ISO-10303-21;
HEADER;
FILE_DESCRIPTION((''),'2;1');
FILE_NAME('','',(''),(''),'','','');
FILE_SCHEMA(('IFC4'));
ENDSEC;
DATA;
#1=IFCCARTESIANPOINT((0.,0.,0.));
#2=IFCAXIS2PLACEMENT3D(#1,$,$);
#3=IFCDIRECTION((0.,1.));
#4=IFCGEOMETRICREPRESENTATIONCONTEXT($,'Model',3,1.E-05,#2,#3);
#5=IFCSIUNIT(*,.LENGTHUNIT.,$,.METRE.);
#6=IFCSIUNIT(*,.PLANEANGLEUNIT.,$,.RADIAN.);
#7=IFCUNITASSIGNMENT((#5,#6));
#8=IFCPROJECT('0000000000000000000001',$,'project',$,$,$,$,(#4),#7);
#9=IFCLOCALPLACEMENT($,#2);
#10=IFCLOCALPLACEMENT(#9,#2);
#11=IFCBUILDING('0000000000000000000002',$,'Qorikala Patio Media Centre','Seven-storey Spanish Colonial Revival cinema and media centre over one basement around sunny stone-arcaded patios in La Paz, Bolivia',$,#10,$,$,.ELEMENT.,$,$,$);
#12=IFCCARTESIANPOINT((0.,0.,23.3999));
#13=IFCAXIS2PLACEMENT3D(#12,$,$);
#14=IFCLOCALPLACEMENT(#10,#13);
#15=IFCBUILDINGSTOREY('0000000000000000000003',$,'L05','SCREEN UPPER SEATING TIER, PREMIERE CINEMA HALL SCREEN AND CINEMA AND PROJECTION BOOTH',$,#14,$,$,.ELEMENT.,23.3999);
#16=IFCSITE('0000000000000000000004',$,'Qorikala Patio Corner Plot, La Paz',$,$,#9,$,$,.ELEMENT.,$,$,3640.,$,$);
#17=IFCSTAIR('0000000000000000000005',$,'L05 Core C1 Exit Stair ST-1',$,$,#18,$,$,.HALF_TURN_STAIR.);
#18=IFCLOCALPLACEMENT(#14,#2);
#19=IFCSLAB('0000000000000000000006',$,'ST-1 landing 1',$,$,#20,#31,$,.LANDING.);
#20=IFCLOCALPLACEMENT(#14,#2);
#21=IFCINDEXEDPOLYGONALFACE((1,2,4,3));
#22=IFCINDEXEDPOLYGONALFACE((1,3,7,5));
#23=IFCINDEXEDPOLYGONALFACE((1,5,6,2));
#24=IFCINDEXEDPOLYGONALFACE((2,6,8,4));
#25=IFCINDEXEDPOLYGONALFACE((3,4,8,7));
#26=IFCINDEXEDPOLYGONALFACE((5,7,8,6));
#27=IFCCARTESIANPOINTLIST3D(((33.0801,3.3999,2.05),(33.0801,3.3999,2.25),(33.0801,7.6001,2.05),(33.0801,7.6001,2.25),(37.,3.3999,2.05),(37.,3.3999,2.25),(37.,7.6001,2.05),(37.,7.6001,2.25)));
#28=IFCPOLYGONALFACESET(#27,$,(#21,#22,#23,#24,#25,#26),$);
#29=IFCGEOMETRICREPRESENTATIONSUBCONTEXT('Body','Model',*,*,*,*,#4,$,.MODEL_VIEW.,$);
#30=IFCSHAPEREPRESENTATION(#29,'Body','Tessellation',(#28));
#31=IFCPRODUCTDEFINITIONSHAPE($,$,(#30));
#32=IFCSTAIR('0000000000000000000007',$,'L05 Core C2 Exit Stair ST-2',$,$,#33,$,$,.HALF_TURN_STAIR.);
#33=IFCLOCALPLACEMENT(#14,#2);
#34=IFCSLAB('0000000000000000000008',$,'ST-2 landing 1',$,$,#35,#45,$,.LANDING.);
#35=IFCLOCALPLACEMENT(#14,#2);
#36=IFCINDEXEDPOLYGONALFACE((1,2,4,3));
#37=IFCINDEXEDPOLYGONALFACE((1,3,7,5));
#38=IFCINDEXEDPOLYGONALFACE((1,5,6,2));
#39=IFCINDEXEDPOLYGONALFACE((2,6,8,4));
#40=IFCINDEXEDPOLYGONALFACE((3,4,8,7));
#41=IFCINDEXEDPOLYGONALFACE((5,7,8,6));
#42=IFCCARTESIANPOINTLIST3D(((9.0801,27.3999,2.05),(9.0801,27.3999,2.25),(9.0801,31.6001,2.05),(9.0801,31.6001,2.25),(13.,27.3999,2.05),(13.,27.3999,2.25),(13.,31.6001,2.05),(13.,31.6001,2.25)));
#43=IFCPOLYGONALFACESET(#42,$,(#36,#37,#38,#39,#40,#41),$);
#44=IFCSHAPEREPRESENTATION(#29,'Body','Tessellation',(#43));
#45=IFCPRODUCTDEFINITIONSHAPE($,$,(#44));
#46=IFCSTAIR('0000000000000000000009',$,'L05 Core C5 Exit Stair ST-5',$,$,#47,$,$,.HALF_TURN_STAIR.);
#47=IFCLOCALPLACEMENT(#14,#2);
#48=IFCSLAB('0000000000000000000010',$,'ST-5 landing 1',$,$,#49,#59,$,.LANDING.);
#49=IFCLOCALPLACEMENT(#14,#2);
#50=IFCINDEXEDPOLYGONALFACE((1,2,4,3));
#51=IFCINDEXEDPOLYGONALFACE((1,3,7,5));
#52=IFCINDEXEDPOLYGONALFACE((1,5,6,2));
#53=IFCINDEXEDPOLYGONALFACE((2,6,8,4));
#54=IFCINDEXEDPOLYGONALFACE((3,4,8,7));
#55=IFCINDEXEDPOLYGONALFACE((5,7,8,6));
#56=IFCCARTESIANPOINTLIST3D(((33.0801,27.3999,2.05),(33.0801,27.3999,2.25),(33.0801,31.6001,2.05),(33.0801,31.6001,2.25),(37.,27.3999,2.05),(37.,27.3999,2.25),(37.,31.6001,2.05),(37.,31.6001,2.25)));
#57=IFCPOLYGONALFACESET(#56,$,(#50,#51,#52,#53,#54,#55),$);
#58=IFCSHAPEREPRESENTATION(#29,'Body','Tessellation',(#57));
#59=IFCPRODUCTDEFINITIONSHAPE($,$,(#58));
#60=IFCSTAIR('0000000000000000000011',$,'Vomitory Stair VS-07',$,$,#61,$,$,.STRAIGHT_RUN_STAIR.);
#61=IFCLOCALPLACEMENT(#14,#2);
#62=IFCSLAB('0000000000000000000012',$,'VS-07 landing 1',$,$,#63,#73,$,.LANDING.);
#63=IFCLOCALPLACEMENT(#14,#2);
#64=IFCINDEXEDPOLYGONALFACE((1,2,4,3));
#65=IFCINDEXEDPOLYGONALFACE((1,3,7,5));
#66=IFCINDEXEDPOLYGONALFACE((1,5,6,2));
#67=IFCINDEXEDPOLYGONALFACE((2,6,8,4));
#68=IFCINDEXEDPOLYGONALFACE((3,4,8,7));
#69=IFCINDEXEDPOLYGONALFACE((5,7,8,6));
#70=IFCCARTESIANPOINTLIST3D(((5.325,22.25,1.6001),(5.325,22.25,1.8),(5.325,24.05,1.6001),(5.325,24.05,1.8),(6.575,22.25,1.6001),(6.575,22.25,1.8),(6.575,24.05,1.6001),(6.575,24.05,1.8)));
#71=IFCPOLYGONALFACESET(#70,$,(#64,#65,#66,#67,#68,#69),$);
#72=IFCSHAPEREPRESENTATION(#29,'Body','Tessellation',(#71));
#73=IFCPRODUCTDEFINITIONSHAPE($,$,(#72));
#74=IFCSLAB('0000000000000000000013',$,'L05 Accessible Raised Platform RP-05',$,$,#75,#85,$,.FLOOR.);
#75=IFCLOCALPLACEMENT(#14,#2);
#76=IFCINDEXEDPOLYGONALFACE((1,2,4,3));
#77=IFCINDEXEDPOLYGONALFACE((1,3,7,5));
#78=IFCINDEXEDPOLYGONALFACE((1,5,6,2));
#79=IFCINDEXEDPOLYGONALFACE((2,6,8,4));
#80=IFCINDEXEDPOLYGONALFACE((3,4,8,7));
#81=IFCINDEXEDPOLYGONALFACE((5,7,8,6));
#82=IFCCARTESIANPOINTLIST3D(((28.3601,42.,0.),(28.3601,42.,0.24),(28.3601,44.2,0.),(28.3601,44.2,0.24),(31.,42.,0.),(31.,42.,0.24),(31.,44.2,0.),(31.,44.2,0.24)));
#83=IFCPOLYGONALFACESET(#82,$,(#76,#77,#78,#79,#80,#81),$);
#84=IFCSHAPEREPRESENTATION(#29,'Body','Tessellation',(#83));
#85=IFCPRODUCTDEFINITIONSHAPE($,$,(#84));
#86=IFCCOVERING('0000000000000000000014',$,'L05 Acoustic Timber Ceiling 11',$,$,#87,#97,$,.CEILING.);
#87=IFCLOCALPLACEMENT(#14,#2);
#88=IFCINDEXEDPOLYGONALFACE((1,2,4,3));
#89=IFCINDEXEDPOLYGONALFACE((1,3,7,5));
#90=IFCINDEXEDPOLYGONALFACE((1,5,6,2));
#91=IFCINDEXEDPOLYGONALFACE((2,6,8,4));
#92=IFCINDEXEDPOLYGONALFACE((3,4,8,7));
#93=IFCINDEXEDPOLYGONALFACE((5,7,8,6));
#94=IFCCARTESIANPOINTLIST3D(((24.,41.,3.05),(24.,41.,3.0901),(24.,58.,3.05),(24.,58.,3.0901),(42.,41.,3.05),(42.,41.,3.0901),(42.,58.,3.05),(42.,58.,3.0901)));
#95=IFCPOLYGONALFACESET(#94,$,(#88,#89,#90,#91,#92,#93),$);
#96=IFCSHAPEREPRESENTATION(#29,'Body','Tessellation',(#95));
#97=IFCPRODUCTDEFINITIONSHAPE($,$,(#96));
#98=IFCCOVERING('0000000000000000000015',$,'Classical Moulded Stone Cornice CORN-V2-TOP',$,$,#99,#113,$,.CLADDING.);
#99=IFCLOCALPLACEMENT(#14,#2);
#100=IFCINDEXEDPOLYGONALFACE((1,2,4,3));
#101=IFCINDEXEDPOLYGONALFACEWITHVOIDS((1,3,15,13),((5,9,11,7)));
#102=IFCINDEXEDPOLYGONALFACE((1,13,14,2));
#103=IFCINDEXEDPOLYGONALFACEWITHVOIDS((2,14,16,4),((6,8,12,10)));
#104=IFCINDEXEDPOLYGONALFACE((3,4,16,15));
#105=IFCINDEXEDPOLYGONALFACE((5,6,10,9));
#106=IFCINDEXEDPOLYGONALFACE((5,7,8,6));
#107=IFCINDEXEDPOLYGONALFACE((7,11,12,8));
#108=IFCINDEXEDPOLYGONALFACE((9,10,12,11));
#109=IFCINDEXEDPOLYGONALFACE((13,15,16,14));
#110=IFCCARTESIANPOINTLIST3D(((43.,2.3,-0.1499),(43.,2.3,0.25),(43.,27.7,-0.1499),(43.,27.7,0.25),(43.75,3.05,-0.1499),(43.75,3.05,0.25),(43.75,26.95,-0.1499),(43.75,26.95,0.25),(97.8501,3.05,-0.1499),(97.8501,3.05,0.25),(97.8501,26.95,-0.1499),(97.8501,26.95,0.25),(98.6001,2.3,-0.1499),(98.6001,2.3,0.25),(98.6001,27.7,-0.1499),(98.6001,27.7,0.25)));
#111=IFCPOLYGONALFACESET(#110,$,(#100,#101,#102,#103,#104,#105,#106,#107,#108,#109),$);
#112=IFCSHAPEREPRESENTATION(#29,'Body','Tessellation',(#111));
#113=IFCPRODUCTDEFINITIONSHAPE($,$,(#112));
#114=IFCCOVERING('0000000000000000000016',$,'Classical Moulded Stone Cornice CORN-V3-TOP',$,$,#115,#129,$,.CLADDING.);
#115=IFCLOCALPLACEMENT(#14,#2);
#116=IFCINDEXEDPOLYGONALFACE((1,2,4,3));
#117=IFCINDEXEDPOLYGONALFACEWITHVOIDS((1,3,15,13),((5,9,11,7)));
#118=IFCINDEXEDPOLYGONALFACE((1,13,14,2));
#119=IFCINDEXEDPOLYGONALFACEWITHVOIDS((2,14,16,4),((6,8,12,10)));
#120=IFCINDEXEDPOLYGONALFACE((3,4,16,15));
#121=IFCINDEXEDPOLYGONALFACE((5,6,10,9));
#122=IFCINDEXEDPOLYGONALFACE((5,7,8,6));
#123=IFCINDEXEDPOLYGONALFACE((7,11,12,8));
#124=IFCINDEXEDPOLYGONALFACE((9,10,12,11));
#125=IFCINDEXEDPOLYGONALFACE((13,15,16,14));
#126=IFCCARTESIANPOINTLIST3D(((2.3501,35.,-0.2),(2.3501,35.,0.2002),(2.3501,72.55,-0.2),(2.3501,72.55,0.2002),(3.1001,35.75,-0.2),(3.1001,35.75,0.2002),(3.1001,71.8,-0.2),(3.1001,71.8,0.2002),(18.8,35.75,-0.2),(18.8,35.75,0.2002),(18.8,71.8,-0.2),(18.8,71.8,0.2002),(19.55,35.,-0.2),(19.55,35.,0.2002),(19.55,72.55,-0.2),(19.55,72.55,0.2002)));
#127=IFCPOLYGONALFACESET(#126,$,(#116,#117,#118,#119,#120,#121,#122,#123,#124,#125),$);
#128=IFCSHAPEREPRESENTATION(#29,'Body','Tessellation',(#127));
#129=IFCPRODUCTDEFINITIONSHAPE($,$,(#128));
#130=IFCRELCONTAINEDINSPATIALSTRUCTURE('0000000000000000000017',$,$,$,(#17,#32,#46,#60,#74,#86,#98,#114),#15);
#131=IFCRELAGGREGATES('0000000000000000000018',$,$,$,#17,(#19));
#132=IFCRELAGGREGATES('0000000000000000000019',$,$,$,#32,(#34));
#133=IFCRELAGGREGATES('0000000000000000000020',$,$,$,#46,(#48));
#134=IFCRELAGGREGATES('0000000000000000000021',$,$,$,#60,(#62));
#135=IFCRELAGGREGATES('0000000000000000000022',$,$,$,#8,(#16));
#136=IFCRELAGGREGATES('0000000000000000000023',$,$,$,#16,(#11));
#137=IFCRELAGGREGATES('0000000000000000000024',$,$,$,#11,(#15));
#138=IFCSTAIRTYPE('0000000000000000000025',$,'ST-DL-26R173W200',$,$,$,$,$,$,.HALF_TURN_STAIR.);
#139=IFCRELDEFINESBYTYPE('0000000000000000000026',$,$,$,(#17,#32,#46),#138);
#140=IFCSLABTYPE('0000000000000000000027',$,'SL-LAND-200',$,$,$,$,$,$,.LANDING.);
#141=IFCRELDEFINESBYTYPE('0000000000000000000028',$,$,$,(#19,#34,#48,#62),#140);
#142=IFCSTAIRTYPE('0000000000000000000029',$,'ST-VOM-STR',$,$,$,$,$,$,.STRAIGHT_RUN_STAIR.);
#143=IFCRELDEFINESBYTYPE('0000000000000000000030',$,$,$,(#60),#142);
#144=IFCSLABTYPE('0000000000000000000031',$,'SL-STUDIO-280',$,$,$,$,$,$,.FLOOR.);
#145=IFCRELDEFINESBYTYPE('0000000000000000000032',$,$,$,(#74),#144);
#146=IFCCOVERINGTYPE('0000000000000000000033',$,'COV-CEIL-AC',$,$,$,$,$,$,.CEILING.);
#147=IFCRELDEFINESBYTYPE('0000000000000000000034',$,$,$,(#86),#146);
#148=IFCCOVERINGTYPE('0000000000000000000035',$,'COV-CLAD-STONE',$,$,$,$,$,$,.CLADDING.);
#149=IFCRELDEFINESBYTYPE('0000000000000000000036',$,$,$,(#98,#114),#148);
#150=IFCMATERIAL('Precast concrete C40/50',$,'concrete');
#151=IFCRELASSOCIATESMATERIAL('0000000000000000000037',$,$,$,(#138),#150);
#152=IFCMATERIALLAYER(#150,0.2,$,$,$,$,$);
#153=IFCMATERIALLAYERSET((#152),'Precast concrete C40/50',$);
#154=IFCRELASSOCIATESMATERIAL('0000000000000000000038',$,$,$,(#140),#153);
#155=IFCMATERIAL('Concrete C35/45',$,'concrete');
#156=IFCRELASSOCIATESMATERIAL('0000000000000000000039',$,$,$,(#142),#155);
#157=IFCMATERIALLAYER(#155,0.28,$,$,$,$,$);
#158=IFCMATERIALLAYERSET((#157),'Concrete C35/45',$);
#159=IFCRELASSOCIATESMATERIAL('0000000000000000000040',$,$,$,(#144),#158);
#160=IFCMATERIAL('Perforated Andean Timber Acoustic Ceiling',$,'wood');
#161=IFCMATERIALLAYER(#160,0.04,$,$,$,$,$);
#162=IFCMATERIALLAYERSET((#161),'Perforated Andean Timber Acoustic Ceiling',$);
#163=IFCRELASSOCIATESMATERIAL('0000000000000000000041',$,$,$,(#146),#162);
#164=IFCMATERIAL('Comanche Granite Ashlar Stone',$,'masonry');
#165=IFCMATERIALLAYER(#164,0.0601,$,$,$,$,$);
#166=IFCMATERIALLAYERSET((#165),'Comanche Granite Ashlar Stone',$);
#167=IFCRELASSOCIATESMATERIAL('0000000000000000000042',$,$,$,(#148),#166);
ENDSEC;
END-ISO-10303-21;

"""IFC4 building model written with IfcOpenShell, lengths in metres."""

from ifc_helpers import new_model, si_unit, direction, frame, origin, place, context, subcontext, project, spatial, polyline, outline, extrude, material, layer, layer_set, type_object, element, aggregate, save


model = new_model("IFC4")

# Units and contexts
model_context = context("Model", 3, precision=1e-05, world=origin(), true_north=direction((0.0, 1.0)))
body_context = subcontext(model_context, "Body", "Model", "MODEL_VIEW")
ifc_project = project(units=[si_unit("LENGTHUNIT", "METRE"), si_unit("PLANEANGLEUNIT", "RADIAN")], contexts=[model_context])

# Site, building, storey
site_placement = place(None, origin())
site = spatial("IfcSite", under=ifc_project, at=site_placement, Name="Qorikala Patio Corner Plot, La Paz", CompositionType="ELEMENT", RefElevation=3640.0)
building_placement = place(site_placement, origin())
building = spatial("IfcBuilding", under=site, at=building_placement, Name="Qorikala Patio Media Centre", Description="Seven-storey Spanish Colonial Revival cinema and media centre over one basement around sunny stone-arcaded patios in La Paz, Bolivia", CompositionType="ELEMENT")
storey_placement = place(building_placement, frame((0.0, 0.0, 23.3999)))
storey = spatial("IfcBuildingStorey", under=building, at=storey_placement, Name="L05", Description="SCREEN UPPER SEATING TIER, PREMIERE CINEMA HALL SCREEN AND CINEMA AND PROJECTION BOOTH", CompositionType="ELEMENT", Elevation=23.3999)

# Stairs, slabs
ifc_material_1 = material(Name="Precast concrete C40/50", Category="concrete")
stair_type_1 = type_object("IfcStairType", Name="ST-DL-26R173W200", PredefinedType="HALF_TURN_STAIR", material=ifc_material_1)
stair_1_placement = place(storey_placement, origin())
stair_1 = element("IfcStair", 1, at=stair_1_placement, inside=storey, type_object=stair_type_1, Name="L05 Core C1 Exit Stair ST-1", PredefinedType="HALF_TURN_STAIR")
ifc_layer_1 = layer(ifc_material_1, 0.2)
ifc_layer_set_1 = layer_set([ifc_layer_1], Name="Precast concrete C40/50")
slab_type_1 = type_object("IfcSlabType", Name="SL-LAND-200", PredefinedType="LANDING", material=ifc_layer_set_1)
slab_1_placement = place(storey_placement, frame((0.0, 0.0, 2.05)))
slab_1 = element("IfcSlab", 2, at=slab_1_placement, type_object=slab_type_1, Name="ST-1 landing 1", PredefinedType="LANDING", context=body_context, shape_type="SweptSolid", body=[
    extrude(outline(polyline([(33.0801, 3.3999), (37.0, 3.3999), (37.0, 7.6001), (33.0801, 7.6001), (33.0801, 3.3999)])), origin(), (0.0, 0.0, 1.0), 0.2),
])
aggregate(stair_1, [slab_1])
stair_2_placement = place(storey_placement, origin())
stair_2 = element("IfcStair", 3, at=stair_2_placement, inside=storey, type_object=stair_type_1, Name="L05 Core C2 Exit Stair ST-2", PredefinedType="HALF_TURN_STAIR")
slab_2_placement = place(storey_placement, frame((0.0, 0.0, 2.05)))
slab_2 = element("IfcSlab", 4, at=slab_2_placement, type_object=slab_type_1, Name="ST-2 landing 1", PredefinedType="LANDING", context=body_context, shape_type="SweptSolid", body=[
    extrude(outline(polyline([(9.0801, 27.3999), (13.0, 27.3999), (13.0, 31.6001), (9.0801, 31.6001), (9.0801, 27.3999)])), origin(), (0.0, 0.0, 1.0), 0.2),
])
aggregate(stair_2, [slab_2])
stair_3_placement = place(storey_placement, origin())
stair_3 = element("IfcStair", 5, at=stair_3_placement, inside=storey, type_object=stair_type_1, Name="L05 Core C5 Exit Stair ST-5", PredefinedType="HALF_TURN_STAIR")
slab_3_placement = place(storey_placement, frame((0.0, 0.0, 2.05)))
slab_3 = element("IfcSlab", 6, at=slab_3_placement, type_object=slab_type_1, Name="ST-5 landing 1", PredefinedType="LANDING", context=body_context, shape_type="SweptSolid", body=[
    extrude(outline(polyline([(33.0801, 27.3999), (37.0, 27.3999), (37.0, 31.6001), (33.0801, 31.6001), (33.0801, 27.3999)])), origin(), (0.0, 0.0, 1.0), 0.2),
])
aggregate(stair_3, [slab_3])
ifc_material_2 = material(Name="Concrete C35/45", Category="concrete")
stair_type_2 = type_object("IfcStairType", Name="ST-VOM-STR", PredefinedType="STRAIGHT_RUN_STAIR", material=ifc_material_2)
stair_4_placement = place(storey_placement, origin())
stair_4 = element("IfcStair", 7, at=stair_4_placement, inside=storey, type_object=stair_type_2, Name="Vomitory Stair VS-07", PredefinedType="STRAIGHT_RUN_STAIR")
slab_4_placement = place(storey_placement, frame((0.0, 0.0, 1.6001)))
slab_4 = element("IfcSlab", 8, at=slab_4_placement, type_object=slab_type_1, Name="VS-07 landing 1", PredefinedType="LANDING", context=body_context, shape_type="SweptSolid", body=[
    extrude(outline(polyline([(5.325, 22.25), (6.575, 22.25), (6.575, 24.05), (5.325, 24.05), (5.325, 22.25)])), origin(), (0.0, 0.0, 1.0), 0.2),
])
aggregate(stair_4, [slab_4])

# Slab
ifc_layer_2 = layer(ifc_material_2, 0.28)
ifc_layer_set_2 = layer_set([ifc_layer_2], Name="Concrete C35/45")
slab_type_2 = type_object("IfcSlabType", Name="SL-STUDIO-280", PredefinedType="FLOOR", material=ifc_layer_set_2)
slab_5_placement = place(storey_placement, origin())
element("IfcSlab", 9, at=slab_5_placement, inside=storey, type_object=slab_type_2, Name="L05 Accessible Raised Platform RP-05", PredefinedType="FLOOR", context=body_context, shape_type="SweptSolid", body=[
    extrude(outline(polyline([(28.3601, 42.0), (31.0, 42.0), (31.0, 44.2), (28.3601, 44.2), (28.3601, 42.0)])), origin(), (0.0, 0.0, 1.0), 0.24),
])

# Coverings
ifc_material_3 = material(Name="Perforated Andean Timber Acoustic Ceiling", Category="wood")
ifc_layer_3 = layer(ifc_material_3, 0.04)
ifc_layer_set_3 = layer_set([ifc_layer_3], Name="Perforated Andean Timber Acoustic Ceiling")
covering_type_1 = type_object("IfcCoveringType", Name="COV-CEIL-AC", PredefinedType="CEILING", material=ifc_layer_set_3)
covering_1_placement = place(storey_placement, frame((0.0, 0.0, 3.05)))
element("IfcCovering", 10, at=covering_1_placement, inside=storey, type_object=covering_type_1, Name="L05 Acoustic Timber Ceiling 11", PredefinedType="CEILING", context=body_context, shape_type="SweptSolid", body=[
    extrude(outline(polyline([(24.0, 41.0), (42.0, 41.0), (42.0, 58.0), (24.0, 58.0), (24.0, 41.0)])), origin(), (0.0, 0.0, 1.0), 0.04),
])
ifc_material_4 = material(Name="Comanche Granite Ashlar Stone", Category="masonry")
ifc_layer_4 = layer(ifc_material_4, 0.0601)
ifc_layer_set_4 = layer_set([ifc_layer_4], Name="Comanche Granite Ashlar Stone")
covering_type_2 = type_object("IfcCoveringType", Name="COV-CLAD-STONE", PredefinedType="CLADDING", material=ifc_layer_set_4)
covering_2_placement = place(storey_placement, frame((0.0, 0.0, -0.1499)))
element("IfcCovering", 11, at=covering_2_placement, inside=storey, type_object=covering_type_2, Name="Classical Moulded Stone Cornice CORN-V2-TOP", PredefinedType="CLADDING", context=body_context, shape_type="SweptSolid", body=[
    extrude(outline(polyline([(43.0, 2.3), (98.6001, 2.3), (98.6001, 27.7), (43.0, 27.7), (43.0, 2.3)]), holes=[polyline([(43.75, 3.05), (97.8501, 3.05), (97.8501, 26.95), (43.75, 26.95), (43.75, 3.05)])]), origin(), (0.0, 0.0, 1.0), 0.3999),
])
covering_3_placement = place(storey_placement, frame((0.0, 0.0, -0.2)))
element("IfcCovering", 12, at=covering_3_placement, inside=storey, type_object=covering_type_2, Name="Classical Moulded Stone Cornice CORN-V3-TOP", PredefinedType="CLADDING", context=body_context, shape_type="SweptSolid", body=[
    extrude(outline(polyline([(2.3501, 35.0), (19.55, 35.0), (19.55, 72.55), (2.3501, 72.55), (2.3501, 35.0)]), holes=[polyline([(3.1001, 35.75), (18.8, 35.75), (18.8, 71.8), (3.1001, 71.8), (3.1001, 35.75)])]), origin(), (0.0, 0.0, 1.0), 0.4001),
])

save(model, "model.ifc")
